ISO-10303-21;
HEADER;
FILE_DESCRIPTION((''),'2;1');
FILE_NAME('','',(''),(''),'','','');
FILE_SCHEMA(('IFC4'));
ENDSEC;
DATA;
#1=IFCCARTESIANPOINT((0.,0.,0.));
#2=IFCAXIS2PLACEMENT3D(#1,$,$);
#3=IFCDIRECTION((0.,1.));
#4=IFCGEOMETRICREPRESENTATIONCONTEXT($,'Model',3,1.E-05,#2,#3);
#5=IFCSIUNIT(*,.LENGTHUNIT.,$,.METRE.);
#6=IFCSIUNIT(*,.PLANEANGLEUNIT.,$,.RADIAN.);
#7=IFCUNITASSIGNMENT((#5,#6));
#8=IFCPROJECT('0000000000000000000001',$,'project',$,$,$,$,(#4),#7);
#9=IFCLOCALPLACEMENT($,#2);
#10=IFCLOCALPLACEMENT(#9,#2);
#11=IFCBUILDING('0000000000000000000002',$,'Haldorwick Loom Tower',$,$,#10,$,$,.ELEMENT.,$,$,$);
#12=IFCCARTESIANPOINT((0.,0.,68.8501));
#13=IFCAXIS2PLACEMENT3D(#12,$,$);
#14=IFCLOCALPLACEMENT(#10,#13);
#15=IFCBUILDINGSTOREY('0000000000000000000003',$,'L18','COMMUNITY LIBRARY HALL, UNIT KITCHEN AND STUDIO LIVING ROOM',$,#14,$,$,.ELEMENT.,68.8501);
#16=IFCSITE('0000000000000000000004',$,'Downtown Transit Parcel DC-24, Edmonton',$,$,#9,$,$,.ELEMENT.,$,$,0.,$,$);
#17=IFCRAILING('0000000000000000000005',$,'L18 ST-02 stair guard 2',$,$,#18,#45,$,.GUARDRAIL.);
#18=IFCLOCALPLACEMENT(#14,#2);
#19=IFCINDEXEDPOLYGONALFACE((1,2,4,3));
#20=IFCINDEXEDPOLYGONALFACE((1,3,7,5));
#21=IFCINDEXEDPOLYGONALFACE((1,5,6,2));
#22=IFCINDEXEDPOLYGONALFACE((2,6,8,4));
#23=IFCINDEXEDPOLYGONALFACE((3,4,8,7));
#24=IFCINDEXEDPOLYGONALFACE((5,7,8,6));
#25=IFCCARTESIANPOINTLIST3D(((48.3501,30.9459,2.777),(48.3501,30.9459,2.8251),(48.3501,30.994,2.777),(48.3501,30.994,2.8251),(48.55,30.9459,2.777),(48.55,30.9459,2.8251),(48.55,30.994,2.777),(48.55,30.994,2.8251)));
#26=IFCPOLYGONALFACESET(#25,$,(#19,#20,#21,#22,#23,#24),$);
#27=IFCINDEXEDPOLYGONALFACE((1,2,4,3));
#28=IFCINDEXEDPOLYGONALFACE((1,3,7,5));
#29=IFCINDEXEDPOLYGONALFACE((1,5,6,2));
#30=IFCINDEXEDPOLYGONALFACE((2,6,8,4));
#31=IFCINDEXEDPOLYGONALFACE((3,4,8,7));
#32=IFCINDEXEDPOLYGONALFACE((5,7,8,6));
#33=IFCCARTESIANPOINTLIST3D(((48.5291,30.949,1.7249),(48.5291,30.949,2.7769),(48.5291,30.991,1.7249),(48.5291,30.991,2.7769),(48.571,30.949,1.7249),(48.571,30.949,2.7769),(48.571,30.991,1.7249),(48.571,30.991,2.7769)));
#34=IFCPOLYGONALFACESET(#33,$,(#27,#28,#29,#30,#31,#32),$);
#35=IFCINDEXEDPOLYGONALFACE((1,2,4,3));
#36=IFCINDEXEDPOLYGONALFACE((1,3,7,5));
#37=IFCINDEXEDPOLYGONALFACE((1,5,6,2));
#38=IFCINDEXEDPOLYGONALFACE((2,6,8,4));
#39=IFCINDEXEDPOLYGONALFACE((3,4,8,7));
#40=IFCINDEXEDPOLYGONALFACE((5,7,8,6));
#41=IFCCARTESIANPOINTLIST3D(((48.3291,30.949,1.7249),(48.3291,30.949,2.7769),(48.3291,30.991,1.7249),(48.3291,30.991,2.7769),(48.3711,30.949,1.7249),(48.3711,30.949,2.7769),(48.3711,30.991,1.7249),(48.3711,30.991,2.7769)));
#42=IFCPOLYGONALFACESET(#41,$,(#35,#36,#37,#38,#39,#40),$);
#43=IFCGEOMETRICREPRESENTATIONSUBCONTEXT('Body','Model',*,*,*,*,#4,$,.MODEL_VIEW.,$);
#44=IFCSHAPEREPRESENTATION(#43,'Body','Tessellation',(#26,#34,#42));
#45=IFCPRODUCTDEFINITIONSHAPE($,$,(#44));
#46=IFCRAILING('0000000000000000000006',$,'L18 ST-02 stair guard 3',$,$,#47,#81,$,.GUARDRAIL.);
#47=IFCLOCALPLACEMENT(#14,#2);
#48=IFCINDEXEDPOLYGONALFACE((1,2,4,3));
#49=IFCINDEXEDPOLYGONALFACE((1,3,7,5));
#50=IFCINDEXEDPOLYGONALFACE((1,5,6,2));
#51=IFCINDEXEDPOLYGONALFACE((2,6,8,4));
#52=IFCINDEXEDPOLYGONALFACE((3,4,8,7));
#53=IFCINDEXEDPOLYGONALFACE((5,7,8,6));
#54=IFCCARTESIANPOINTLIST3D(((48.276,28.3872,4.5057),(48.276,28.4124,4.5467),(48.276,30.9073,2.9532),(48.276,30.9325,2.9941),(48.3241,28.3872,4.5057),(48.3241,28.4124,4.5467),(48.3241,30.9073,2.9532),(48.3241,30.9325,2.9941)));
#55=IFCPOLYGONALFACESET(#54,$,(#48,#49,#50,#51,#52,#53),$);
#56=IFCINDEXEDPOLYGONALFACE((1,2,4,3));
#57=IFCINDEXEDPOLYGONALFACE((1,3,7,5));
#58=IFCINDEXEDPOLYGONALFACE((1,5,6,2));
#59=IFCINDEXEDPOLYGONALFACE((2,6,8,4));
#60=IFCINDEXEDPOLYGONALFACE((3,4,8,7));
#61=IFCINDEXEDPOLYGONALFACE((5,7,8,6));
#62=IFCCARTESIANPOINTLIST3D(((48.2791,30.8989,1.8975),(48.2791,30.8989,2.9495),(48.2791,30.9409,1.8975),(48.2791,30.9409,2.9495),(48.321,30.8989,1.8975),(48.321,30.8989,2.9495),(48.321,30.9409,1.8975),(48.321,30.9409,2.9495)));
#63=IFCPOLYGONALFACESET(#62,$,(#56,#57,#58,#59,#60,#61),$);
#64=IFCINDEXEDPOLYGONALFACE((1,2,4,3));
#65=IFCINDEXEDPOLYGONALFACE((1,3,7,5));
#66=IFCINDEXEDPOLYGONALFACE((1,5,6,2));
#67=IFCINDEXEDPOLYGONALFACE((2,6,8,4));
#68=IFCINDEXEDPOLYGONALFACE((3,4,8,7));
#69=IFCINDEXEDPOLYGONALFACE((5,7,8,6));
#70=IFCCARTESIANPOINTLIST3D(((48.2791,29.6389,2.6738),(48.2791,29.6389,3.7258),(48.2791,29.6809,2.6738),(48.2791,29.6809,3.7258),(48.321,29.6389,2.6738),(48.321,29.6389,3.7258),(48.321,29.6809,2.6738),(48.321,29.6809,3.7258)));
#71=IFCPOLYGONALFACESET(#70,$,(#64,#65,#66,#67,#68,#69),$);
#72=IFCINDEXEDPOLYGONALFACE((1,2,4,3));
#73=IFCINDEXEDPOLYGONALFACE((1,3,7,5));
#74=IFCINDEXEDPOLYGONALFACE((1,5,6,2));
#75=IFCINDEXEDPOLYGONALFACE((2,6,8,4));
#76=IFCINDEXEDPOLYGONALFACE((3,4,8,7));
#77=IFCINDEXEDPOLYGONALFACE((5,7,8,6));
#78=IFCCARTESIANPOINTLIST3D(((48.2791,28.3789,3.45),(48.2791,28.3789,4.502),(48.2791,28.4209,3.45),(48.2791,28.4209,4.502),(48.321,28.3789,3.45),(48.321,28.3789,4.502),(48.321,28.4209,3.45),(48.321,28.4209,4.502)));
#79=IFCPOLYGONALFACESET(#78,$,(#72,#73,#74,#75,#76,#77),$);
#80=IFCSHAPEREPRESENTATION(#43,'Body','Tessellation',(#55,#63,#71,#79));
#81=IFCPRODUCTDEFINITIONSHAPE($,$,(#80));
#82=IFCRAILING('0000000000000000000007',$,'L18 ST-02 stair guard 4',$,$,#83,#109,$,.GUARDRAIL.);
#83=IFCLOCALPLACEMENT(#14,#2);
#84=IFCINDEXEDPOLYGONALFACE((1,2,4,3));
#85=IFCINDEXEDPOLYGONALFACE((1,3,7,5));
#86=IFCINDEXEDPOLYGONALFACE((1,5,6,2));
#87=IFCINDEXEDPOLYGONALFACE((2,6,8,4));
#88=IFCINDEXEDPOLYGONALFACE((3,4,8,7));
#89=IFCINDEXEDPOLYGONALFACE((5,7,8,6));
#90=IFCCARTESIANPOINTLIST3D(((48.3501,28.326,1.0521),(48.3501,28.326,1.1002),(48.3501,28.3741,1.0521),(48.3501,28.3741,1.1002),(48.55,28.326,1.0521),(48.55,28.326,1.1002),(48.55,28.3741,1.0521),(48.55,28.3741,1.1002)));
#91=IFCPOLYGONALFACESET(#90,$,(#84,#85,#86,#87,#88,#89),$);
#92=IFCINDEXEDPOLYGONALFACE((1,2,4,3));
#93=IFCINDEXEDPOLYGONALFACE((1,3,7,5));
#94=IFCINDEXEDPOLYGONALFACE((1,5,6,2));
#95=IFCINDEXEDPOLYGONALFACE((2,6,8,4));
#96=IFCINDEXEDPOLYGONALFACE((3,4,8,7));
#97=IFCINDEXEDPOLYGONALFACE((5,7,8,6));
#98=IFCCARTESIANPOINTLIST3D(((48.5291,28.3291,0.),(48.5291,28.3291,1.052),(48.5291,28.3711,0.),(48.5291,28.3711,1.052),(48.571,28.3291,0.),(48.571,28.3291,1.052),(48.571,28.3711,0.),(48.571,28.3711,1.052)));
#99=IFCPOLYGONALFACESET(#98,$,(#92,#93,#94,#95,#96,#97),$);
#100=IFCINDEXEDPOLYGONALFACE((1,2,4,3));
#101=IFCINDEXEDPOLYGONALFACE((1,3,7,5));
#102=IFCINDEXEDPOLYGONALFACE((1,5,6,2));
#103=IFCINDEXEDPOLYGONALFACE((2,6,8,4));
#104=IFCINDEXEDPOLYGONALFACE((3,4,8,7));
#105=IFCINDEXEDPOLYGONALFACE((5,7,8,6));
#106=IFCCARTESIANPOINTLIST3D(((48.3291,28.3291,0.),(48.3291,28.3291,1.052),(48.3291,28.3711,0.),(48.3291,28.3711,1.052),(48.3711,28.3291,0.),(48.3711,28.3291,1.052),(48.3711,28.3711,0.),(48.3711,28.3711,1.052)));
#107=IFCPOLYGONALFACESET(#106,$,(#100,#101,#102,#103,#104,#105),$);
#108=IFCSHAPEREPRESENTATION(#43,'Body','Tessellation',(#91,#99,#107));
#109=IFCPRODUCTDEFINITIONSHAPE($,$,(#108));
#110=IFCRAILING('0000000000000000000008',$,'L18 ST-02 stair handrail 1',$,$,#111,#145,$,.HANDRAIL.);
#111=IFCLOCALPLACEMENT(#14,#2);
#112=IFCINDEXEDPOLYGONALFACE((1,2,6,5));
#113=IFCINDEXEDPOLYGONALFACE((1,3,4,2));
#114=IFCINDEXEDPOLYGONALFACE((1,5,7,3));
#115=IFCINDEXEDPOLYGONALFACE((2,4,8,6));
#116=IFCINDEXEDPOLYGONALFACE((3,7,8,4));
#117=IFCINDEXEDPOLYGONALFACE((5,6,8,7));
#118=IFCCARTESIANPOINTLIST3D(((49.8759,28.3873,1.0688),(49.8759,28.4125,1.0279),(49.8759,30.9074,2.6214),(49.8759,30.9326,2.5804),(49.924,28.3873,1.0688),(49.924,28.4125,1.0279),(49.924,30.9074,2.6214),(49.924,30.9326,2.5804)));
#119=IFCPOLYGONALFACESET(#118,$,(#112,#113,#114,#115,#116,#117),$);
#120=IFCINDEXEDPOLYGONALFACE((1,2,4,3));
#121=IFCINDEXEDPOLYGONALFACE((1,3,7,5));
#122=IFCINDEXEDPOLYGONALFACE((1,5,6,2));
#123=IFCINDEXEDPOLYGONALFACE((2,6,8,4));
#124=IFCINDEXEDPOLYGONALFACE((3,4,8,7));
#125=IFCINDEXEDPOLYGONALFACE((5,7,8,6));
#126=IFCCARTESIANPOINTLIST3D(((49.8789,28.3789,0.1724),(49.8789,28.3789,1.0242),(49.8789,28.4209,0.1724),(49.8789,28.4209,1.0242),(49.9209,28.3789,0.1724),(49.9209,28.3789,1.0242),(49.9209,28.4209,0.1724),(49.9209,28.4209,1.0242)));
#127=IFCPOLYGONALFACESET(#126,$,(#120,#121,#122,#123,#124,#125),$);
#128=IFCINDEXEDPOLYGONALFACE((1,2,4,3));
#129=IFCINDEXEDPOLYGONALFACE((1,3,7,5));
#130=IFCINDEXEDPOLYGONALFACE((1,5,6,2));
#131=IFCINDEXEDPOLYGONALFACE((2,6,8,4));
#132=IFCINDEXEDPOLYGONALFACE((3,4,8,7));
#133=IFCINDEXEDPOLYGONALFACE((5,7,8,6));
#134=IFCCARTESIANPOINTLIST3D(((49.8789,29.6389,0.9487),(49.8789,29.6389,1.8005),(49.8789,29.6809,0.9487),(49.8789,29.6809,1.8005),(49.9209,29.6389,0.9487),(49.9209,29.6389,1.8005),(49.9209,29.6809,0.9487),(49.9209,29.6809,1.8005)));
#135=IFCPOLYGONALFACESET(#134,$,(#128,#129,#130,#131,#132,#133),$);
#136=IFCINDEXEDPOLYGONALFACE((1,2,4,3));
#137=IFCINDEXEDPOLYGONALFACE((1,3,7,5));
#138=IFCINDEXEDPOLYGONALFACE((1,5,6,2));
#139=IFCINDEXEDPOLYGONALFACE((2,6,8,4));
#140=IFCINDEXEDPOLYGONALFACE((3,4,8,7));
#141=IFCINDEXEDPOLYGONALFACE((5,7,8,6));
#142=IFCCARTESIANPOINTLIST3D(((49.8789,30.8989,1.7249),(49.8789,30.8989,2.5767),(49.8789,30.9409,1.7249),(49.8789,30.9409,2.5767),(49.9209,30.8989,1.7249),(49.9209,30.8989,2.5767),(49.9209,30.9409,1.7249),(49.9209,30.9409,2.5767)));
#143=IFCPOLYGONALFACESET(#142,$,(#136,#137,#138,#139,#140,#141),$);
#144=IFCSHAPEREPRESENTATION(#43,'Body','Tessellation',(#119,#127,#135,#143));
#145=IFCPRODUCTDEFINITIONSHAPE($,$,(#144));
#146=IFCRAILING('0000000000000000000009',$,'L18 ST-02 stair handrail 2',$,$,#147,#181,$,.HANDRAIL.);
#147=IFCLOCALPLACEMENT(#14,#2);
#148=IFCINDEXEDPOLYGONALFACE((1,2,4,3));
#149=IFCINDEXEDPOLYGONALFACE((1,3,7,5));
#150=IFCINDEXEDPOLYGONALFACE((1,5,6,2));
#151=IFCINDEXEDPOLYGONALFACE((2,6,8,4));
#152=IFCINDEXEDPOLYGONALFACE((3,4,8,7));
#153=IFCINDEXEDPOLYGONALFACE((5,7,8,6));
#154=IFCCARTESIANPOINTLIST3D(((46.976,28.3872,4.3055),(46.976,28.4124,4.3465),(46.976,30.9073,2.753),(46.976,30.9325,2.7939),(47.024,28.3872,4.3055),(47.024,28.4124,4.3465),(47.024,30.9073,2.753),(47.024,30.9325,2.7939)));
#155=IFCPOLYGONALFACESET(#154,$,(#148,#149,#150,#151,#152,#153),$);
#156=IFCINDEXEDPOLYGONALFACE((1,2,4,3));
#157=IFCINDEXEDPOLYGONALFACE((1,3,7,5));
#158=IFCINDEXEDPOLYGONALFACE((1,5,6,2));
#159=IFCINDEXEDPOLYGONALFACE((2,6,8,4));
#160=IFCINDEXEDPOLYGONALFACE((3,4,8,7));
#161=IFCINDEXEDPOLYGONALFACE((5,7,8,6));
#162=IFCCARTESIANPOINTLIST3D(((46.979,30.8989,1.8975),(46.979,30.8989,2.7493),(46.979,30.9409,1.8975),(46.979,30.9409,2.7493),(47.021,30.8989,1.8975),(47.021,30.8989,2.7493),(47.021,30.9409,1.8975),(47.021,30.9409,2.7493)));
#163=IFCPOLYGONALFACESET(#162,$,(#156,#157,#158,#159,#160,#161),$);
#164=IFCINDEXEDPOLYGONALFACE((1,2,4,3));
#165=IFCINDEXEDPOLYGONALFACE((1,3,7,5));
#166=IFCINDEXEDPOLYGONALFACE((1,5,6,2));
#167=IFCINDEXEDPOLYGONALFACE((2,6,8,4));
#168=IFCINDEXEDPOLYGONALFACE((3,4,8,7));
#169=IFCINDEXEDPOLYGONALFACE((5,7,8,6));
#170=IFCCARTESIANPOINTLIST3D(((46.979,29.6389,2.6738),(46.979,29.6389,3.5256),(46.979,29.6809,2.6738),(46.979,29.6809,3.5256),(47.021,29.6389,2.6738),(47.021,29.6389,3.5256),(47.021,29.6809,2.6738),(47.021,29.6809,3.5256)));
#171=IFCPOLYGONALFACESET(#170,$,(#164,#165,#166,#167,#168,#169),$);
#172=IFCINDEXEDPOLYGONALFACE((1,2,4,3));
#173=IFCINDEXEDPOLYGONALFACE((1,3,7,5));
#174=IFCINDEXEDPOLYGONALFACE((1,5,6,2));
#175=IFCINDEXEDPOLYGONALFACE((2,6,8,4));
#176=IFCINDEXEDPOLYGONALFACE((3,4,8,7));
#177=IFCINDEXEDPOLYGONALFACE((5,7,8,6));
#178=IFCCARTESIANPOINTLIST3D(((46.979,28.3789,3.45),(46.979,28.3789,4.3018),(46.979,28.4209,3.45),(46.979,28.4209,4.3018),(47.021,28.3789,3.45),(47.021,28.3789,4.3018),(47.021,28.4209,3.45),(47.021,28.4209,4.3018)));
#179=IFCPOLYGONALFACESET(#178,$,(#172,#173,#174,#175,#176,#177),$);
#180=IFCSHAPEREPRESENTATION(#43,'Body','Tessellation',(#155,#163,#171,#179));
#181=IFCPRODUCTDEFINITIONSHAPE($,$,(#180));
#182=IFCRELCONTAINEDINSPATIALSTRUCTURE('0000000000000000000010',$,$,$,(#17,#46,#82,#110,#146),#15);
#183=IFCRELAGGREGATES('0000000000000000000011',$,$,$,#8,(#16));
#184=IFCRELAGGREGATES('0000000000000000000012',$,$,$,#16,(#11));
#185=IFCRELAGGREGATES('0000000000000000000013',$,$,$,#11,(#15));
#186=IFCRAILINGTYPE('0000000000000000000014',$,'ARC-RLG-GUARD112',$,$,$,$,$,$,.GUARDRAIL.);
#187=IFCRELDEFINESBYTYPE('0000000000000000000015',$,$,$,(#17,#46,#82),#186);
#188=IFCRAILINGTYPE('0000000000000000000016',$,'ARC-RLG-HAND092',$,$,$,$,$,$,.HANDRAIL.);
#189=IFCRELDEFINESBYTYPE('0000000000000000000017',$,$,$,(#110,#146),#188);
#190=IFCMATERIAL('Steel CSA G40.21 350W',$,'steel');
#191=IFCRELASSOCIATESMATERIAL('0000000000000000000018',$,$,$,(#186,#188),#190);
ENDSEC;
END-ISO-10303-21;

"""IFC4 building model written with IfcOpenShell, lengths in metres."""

from ifc_helpers import new_model, si_unit, direction, frame, origin, origin_2d, place, context, subcontext, project, spatial, rectangle, extrude, material, type_object, element, save


model = new_model("IFC4")

# Units and contexts
model_context = context("Model", 3, precision=1e-05, world=origin(), true_north=direction((0.0, 1.0)))
body_context = subcontext(model_context, "Body", "Model", "MODEL_VIEW")
ifc_project = project(units=[si_unit("LENGTHUNIT", "METRE"), si_unit("PLANEANGLEUNIT", "RADIAN")], contexts=[model_context])

# Site, building, storey
site_placement = place(None, origin())
site = spatial("IfcSite", under=ifc_project, at=site_placement, Name="Downtown Transit Parcel DC-24, Edmonton", CompositionType="ELEMENT", RefElevation=0.0)
building_placement = place(site_placement, origin())
building = spatial("IfcBuilding", under=site, at=building_placement, Name="Haldorwick Loom Tower", CompositionType="ELEMENT")
storey_placement = place(building_placement, frame((0.0, 0.0, 68.8501)))
storey = spatial("IfcBuildingStorey", under=building, at=storey_placement, Name="L18", Description="COMMUNITY LIBRARY HALL, UNIT KITCHEN AND STUDIO LIVING ROOM", CompositionType="ELEMENT", Elevation=68.8501)

# Shared definitions
ifc_material_1 = material(Name="Steel CSA G40.21 350W", Category="steel")

# Railings
railing_type_1 = type_object("IfcRailingType", Name="ARC-RLG-GUARD112", PredefinedType="GUARDRAIL", material=ifc_material_1)
railing_1_placement = place(storey_placement, frame((48.55, 30.97, 1.7249)))
element("IfcRailing", 1, at=railing_1_placement, inside=storey, type_object=railing_type_1, Name="L18 ST-02 stair guard 2", PredefinedType="GUARDRAIL", context=body_context, shape_type="SweptSolid", body=[
    extrude(rectangle(XDim=0.0481, YDim=0.0481, at=origin_2d()), frame((0.0, 0.0, 1.0762), z_axis=(-1.0, 0.0, 0.0), x_axis=(0.0, -1.0, 0.0)), (0.0, 0.0, 1.0), 0.2),
    extrude(rectangle(XDim=0.042, YDim=0.042, at=origin_2d()), origin(), (0.0, 0.0, 1.0), 1.052),
    extrude(rectangle(XDim=0.042, YDim=0.042, at=origin_2d()), frame((-0.2, 0.0, 0.0)), (0.0, 0.0, 1.0), 1.052),
])
railing_2_placement = place(storey_placement, frame((48.3, 30.9199, 1.8975)))
element("IfcRailing", 2, at=railing_2_placement, inside=storey, type_object=railing_type_1, Name="L18 ST-02 stair guard 3", PredefinedType="GUARDRAIL", context=body_context, shape_type="SweptSolid", body=[
    extrude(rectangle(XDim=0.0481, YDim=0.0481, at=origin_2d()), frame((0.0, 0.0, 1.0762), z_axis=(0.0, -0.8514, 0.524516), x_axis=(1.0, 0.0, 0.0)), (0.0, 0.0, 1.0), 2.96),
    extrude(rectangle(XDim=0.042, YDim=0.042, at=origin_2d()), origin(), (0.0, 0.0, 1.0), 1.052),
    extrude(rectangle(XDim=0.042, YDim=0.042, at=origin_2d()), frame((0.0, -1.26, 0.7764)), (0.0, 0.0, 1.0), 1.052),
    extrude(rectangle(XDim=0.042, YDim=0.042, at=origin_2d()), frame((0.0, -2.52, 1.5525)), (0.0, 0.0, 1.0), 1.052),
])
railing_3_placement = place(storey_placement, frame((48.55, 28.3501, 0.0)))
element("IfcRailing", 3, at=railing_3_placement, inside=storey, type_object=railing_type_1, Name="L18 ST-02 stair guard 4", PredefinedType="GUARDRAIL", context=body_context, shape_type="SweptSolid", body=[
    extrude(rectangle(XDim=0.0481, YDim=0.0481, at=origin_2d()), frame((0.0, 0.0, 1.0762), z_axis=(-1.0, 0.0, 0.0), x_axis=(0.0, -1.0, 0.0)), (0.0, 0.0, 1.0), 0.2),
    extrude(rectangle(XDim=0.042, YDim=0.042, at=origin_2d()), origin(), (0.0, 0.0, 1.0), 1.052),
    extrude(rectangle(XDim=0.042, YDim=0.042, at=origin_2d()), frame((-0.2, 0.0, 0.0)), (0.0, 0.0, 1.0), 1.052),
])
railing_type_2 = type_object("IfcRailingType", Name="ARC-RLG-HAND092", PredefinedType="HANDRAIL", material=ifc_material_1)
railing_4_placement = place(storey_placement, frame((49.8999, 28.3999, 0.1724)))
element("IfcRailing", 4, at=railing_4_placement, inside=storey, type_object=railing_type_2, Name="L18 ST-02 stair handrail 1", PredefinedType="HANDRAIL", context=body_context, shape_type="SweptSolid", body=[
    extrude(rectangle(XDim=0.0481, YDim=0.0481, at=origin_2d()), frame((0.0, 0.0, 0.876), z_axis=(0.0, 0.8514, 0.524516), x_axis=(-1.0, 0.0, 0.0)), (0.0, 0.0, 1.0), 2.96),
    extrude(rectangle(XDim=0.042, YDim=0.042, at=origin_2d()), origin(), (0.0, 0.0, 1.0), 0.8518),
    extrude(rectangle(XDim=0.042, YDim=0.042, at=origin_2d()), frame((0.0, 1.26, 0.7764)), (0.0, 0.0, 1.0), 0.8518),
    extrude(rectangle(XDim=0.042, YDim=0.042, at=origin_2d()), frame((0.0, 2.52, 1.5525)), (0.0, 0.0, 1.0), 0.8518),
])
railing_5_placement = place(storey_placement, frame((47.0, 30.9199, 1.8975)))
element("IfcRailing", 5, at=railing_5_placement, inside=storey, type_object=railing_type_2, Name="L18 ST-02 stair handrail 2", PredefinedType="HANDRAIL", context=body_context, shape_type="SweptSolid", body=[
    extrude(rectangle(XDim=0.0481, YDim=0.0481, at=origin_2d()), frame((0.0, 0.0, 0.876), z_axis=(0.0, -0.8514, 0.524516), x_axis=(1.0, 0.0, 0.0)), (0.0, 0.0, 1.0), 2.96),
    extrude(rectangle(XDim=0.042, YDim=0.042, at=origin_2d()), origin(), (0.0, 0.0, 1.0), 0.8518),
    extrude(rectangle(XDim=0.042, YDim=0.042, at=origin_2d()), frame((0.0, -1.26, 0.7764)), (0.0, 0.0, 1.0), 0.8518),
    extrude(rectangle(XDim=0.042, YDim=0.042, at=origin_2d()), frame((0.0, -2.52, 1.5525)), (0.0, 0.0, 1.0), 0.8518),
])

save(model, "model.ifc")
